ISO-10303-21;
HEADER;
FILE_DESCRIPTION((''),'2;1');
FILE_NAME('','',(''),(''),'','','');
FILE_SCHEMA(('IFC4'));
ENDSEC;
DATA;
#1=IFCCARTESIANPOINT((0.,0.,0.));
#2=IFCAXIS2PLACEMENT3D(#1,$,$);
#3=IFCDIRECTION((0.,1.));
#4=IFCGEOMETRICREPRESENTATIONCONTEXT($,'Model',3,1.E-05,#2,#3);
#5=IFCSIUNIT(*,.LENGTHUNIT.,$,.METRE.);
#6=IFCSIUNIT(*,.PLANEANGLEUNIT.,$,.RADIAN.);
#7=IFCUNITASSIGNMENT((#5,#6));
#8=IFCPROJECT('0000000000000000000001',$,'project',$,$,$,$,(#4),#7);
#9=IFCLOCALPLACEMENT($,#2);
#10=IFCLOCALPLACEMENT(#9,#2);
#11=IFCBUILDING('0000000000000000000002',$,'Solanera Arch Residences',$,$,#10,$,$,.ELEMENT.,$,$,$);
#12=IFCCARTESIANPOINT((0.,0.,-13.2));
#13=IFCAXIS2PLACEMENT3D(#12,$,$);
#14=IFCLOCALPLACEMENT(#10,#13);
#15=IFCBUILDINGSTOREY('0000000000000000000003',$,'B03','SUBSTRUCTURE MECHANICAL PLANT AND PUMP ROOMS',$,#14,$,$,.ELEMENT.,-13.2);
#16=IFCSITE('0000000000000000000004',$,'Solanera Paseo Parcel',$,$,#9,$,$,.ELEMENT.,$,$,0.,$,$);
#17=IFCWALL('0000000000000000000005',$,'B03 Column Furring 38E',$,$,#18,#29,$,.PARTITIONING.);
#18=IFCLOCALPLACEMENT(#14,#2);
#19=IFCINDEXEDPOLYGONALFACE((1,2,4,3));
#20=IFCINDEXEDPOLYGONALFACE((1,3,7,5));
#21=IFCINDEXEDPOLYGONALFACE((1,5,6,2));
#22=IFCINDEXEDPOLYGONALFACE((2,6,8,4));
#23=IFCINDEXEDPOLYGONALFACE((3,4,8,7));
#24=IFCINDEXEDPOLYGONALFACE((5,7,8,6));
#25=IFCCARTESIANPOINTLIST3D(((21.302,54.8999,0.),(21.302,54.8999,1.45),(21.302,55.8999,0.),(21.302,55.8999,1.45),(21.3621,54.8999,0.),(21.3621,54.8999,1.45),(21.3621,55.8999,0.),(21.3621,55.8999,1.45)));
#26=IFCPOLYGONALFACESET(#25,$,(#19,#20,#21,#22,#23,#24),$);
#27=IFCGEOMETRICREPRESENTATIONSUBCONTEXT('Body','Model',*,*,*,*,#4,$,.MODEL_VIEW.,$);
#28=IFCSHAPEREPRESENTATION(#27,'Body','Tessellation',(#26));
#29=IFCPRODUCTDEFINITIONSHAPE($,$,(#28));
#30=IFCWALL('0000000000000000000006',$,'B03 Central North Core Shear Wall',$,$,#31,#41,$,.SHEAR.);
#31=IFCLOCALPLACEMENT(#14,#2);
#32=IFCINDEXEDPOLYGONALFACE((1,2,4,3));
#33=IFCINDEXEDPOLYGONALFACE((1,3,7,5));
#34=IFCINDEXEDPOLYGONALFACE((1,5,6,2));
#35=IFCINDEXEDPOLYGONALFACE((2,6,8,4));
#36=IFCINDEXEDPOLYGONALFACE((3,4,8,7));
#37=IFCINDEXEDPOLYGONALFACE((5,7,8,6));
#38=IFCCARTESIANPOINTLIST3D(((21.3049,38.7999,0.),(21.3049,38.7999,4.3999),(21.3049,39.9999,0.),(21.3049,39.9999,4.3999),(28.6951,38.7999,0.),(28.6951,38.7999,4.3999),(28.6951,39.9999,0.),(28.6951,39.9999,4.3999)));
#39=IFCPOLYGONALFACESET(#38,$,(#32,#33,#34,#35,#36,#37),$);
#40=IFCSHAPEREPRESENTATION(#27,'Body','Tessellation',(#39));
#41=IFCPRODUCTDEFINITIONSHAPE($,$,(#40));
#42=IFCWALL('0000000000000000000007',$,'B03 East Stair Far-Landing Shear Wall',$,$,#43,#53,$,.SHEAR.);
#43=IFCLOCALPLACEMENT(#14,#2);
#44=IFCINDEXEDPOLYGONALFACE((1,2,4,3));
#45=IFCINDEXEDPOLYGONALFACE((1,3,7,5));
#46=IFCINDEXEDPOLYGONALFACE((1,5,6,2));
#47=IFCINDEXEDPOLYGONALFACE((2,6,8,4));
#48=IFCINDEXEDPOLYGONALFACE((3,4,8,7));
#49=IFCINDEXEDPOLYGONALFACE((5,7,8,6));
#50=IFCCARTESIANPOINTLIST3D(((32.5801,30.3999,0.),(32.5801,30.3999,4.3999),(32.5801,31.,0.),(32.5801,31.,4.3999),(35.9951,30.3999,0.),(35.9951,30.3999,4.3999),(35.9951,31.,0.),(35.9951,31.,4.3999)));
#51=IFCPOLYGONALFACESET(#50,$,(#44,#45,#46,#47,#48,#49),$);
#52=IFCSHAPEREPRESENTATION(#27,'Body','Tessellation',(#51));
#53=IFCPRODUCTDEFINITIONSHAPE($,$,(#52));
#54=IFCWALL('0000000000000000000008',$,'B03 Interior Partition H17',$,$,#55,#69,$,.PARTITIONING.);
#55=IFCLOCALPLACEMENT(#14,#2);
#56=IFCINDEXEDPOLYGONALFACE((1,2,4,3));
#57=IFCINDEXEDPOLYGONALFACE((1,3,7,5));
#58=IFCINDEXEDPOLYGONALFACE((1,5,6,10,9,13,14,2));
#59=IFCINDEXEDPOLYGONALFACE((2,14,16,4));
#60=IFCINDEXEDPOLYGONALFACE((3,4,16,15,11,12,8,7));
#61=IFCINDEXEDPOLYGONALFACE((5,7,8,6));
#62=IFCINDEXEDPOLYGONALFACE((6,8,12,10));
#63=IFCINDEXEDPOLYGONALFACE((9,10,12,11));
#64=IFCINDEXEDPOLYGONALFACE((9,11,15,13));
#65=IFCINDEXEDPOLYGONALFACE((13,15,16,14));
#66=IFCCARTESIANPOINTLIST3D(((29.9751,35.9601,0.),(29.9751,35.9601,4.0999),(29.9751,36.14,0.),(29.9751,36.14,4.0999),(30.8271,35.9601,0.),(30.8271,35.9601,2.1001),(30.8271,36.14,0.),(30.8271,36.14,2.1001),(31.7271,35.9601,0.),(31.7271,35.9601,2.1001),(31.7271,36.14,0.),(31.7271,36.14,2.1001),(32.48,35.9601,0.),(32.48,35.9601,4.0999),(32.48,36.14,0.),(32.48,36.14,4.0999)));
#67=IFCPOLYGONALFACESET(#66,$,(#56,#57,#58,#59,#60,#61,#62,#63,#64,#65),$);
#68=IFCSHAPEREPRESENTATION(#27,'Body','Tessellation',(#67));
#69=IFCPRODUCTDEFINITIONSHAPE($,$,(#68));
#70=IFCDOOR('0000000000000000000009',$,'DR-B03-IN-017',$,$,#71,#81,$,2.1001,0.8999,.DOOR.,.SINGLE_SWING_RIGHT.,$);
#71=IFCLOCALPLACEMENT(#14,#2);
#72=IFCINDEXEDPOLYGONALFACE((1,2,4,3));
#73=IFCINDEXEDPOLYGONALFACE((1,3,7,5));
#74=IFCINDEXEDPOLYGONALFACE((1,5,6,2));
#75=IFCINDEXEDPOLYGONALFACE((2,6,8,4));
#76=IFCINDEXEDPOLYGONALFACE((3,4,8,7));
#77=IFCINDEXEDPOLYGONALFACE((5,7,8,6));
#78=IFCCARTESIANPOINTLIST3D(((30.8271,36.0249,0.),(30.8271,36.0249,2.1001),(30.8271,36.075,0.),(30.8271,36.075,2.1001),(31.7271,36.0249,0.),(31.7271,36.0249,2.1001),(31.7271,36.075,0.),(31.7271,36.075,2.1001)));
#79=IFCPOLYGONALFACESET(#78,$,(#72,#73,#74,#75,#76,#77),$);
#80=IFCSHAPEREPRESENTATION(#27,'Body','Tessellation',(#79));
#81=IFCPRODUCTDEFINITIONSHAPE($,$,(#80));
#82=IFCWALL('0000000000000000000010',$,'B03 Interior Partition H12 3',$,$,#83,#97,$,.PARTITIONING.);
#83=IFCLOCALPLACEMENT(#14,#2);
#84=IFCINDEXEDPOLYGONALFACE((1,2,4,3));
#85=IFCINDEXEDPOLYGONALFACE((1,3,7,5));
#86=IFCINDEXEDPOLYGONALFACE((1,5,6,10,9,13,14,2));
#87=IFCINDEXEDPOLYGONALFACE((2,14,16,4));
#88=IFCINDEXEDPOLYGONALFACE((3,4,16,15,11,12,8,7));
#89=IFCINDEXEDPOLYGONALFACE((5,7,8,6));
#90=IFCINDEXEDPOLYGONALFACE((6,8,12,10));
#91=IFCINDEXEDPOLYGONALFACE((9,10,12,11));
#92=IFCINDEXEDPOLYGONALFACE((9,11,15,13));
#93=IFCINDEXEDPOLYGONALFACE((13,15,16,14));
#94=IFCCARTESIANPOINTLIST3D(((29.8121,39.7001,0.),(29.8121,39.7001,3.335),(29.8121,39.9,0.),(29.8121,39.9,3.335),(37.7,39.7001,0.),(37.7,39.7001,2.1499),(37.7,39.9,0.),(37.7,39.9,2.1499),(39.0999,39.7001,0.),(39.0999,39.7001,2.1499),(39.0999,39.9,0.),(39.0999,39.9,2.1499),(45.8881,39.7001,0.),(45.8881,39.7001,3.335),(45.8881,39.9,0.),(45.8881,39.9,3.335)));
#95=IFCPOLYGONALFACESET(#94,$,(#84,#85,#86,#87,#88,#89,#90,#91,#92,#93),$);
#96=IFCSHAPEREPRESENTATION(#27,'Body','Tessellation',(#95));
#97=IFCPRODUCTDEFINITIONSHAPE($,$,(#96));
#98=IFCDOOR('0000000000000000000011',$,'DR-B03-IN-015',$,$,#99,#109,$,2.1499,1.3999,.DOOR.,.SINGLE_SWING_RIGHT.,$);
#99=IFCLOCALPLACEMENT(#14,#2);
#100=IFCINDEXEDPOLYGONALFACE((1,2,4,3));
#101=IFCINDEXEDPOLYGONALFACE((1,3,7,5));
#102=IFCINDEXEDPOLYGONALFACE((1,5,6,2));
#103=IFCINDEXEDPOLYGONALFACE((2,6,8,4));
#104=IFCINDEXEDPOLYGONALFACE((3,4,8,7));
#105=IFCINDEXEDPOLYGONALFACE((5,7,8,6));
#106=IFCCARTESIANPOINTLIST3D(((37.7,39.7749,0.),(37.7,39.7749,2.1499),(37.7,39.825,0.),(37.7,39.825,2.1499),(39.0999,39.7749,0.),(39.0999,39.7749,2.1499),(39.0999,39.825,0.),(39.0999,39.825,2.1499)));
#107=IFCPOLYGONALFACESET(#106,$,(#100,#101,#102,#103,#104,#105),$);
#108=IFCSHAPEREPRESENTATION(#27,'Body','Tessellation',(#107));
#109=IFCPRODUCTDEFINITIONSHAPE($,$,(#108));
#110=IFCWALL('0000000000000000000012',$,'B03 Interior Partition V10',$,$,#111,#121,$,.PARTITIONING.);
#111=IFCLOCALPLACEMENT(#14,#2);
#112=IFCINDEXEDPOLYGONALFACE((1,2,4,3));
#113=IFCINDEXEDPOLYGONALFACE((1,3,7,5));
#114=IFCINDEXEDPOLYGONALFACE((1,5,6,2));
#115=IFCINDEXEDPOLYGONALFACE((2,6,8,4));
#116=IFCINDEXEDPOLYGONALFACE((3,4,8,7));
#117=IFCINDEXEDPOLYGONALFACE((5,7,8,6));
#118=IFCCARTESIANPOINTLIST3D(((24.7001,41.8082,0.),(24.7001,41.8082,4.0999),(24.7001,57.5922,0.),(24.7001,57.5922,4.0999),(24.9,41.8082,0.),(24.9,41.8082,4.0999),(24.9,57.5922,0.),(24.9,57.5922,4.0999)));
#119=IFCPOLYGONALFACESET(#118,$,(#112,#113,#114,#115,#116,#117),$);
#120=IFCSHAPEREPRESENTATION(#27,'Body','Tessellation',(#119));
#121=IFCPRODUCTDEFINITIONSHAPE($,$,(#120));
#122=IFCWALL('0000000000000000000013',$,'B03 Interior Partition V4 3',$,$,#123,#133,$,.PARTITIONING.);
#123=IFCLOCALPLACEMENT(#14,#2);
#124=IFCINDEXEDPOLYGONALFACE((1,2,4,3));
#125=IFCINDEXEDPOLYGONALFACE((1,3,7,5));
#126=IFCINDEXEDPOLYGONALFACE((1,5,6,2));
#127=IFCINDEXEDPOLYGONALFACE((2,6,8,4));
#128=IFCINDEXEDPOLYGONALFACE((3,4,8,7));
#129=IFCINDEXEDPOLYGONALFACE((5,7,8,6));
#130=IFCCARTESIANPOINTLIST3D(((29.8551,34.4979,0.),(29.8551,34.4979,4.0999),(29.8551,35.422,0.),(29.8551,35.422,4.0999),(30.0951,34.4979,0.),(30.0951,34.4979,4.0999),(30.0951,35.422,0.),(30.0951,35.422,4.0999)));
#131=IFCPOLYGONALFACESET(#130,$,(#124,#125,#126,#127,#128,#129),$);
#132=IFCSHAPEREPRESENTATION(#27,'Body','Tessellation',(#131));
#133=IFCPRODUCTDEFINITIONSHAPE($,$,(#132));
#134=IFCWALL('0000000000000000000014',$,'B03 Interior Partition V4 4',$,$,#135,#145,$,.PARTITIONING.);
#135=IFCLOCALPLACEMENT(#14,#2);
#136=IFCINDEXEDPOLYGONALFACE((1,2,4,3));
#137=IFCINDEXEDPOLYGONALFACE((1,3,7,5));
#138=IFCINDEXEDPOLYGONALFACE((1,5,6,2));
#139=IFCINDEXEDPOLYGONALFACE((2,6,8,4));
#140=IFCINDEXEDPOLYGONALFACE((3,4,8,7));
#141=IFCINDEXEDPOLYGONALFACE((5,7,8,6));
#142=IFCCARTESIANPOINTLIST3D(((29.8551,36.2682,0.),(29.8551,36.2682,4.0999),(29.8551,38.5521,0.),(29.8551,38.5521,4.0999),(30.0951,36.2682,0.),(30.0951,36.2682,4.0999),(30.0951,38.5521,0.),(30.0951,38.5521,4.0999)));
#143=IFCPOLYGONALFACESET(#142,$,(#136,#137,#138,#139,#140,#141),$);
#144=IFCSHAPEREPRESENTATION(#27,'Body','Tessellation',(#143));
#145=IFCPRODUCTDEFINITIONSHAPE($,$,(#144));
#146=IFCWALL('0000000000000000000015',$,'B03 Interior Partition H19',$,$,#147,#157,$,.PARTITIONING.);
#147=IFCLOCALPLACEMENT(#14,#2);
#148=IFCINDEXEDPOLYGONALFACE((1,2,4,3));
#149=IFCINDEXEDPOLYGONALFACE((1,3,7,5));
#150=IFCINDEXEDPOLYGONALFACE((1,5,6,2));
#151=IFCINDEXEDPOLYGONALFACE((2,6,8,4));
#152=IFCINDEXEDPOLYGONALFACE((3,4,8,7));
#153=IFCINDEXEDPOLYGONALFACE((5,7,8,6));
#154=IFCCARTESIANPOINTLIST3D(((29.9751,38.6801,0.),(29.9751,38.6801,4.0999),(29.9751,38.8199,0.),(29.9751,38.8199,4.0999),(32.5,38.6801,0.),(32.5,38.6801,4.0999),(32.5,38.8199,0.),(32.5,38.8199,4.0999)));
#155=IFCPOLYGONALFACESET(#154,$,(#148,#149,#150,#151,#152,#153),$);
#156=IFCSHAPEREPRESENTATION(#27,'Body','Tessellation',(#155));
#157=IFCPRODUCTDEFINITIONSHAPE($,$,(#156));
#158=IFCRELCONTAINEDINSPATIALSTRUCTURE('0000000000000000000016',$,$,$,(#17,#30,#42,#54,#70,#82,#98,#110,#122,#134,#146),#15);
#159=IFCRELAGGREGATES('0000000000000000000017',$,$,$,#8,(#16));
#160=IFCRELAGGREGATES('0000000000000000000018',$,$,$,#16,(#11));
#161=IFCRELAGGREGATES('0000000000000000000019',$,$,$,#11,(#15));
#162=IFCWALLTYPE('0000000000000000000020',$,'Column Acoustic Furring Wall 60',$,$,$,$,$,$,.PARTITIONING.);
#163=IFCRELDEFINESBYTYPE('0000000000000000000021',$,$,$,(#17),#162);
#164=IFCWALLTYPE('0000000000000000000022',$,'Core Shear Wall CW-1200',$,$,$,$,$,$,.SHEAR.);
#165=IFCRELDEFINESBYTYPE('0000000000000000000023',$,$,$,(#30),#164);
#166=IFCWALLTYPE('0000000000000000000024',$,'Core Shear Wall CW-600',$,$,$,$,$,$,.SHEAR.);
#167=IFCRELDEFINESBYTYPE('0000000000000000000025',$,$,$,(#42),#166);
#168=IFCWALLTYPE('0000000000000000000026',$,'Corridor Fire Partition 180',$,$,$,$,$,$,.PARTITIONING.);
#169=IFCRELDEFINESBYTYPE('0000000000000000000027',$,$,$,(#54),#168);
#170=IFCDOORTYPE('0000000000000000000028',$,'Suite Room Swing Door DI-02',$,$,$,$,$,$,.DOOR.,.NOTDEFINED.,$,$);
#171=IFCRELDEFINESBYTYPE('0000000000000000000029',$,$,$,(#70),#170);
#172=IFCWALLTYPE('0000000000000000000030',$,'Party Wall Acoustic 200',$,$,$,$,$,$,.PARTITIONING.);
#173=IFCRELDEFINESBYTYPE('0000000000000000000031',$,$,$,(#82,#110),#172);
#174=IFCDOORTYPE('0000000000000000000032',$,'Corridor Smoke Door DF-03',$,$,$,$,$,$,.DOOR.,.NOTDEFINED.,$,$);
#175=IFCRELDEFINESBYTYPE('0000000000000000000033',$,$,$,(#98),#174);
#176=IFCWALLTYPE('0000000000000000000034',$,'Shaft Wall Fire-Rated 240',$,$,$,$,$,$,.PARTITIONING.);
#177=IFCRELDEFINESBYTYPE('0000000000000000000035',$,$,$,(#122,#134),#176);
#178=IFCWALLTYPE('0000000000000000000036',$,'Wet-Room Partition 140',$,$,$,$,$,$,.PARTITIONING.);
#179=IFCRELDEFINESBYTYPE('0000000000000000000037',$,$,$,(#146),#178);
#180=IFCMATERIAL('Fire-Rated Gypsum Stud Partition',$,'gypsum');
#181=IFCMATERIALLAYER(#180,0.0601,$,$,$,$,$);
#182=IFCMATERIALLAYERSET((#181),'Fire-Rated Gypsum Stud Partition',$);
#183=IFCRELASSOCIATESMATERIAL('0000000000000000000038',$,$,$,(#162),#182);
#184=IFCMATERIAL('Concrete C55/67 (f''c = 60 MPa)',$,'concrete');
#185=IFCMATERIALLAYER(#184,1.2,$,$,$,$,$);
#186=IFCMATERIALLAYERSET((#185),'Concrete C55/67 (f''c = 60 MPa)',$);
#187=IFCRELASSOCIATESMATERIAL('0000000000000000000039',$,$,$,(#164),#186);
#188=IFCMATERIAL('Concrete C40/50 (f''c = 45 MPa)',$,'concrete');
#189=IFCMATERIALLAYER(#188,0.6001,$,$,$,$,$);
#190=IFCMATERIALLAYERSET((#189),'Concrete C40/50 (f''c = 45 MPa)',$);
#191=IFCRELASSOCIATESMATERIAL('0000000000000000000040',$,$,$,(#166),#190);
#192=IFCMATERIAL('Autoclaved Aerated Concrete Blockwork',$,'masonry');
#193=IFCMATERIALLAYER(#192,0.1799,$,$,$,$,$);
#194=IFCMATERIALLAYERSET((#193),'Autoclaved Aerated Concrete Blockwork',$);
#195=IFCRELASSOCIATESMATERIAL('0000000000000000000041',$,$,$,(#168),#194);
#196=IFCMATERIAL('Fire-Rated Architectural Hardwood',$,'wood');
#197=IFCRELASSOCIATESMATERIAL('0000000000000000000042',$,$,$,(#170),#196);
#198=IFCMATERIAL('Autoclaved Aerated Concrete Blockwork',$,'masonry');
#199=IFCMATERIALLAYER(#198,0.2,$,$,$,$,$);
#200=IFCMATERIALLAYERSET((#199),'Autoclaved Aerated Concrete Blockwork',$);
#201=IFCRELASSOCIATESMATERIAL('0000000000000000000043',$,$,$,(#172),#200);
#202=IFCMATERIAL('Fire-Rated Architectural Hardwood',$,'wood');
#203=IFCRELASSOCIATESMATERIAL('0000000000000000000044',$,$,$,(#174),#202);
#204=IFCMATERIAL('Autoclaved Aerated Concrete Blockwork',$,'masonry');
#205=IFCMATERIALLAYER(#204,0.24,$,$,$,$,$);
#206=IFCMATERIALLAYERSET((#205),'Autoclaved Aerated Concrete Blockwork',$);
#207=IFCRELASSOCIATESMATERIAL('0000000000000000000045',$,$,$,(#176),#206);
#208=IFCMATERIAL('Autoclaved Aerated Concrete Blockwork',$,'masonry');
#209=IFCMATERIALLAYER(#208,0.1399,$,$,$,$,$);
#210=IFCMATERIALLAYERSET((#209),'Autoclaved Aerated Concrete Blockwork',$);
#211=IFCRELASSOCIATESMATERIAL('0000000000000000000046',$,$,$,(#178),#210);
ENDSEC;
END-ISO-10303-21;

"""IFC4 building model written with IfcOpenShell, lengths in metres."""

from ifc_helpers import new_model, si_unit, direction, frame, frame_2d, origin, place, context, subcontext, project, spatial, rectangle, extrude, material, layer, layer_set, type_object, element, fill, save


model = new_model("IFC4")

# Units and contexts
model_context = context("Model", 3, precision=1e-05, world=origin(), true_north=direction((0.0, 1.0)))
body_context = subcontext(model_context, "Body", "Model", "MODEL_VIEW")
ifc_project = project(units=[si_unit("LENGTHUNIT", "METRE"), si_unit("PLANEANGLEUNIT", "RADIAN")], contexts=[model_context])

# Site, building, storey
site_placement = place(None, origin())
site = spatial("IfcSite", under=ifc_project, at=site_placement, Name="Solanera Paseo Parcel", CompositionType="ELEMENT", RefElevation=0.0)
building_placement = place(site_placement, origin())
building = spatial("IfcBuilding", under=site, at=building_placement, Name="Solanera Arch Residences", CompositionType="ELEMENT")
storey_placement = place(building_placement, frame((0.0, 0.0, -13.2)))
storey = spatial("IfcBuildingStorey", under=building, at=storey_placement, Name="B03", Description="SUBSTRUCTURE MECHANICAL PLANT AND PUMP ROOMS", CompositionType="ELEMENT", Elevation=-13.2)

# Walls
ifc_material_1 = material(Name="Fire-Rated Gypsum Stud Partition", Category="gypsum")
ifc_layer_1 = layer(ifc_material_1, 0.0601)
ifc_layer_set_1 = layer_set([ifc_layer_1], Name="Fire-Rated Gypsum Stud Partition")
wall_type_1 = type_object("IfcWallType", Name="Column Acoustic Furring Wall 60", PredefinedType="PARTITIONING", material=ifc_layer_set_1)
wall_1_placement = place(storey_placement, frame((21.332, 54.8999, 0.0), z_axis=(0.0, 0.0, 1.0), x_axis=(0.0, 1.0, 0.0)))
element("IfcWall", 1, at=wall_1_placement, inside=storey, type_object=wall_type_1, Name="B03 Column Furring 38E", PredefinedType="PARTITIONING", context=body_context, shape_type="SweptSolid", body=[
    extrude(rectangle(XDim=1.0, YDim=0.0601, at=frame_2d((0.5, 0.0))), origin(), (0.0, 0.0, 1.0), 1.45),
])
ifc_material_2 = material(Name="Concrete C55/67 (f'c = 60 MPa)", Category="concrete")
ifc_layer_2 = layer(ifc_material_2, 1.2)
ifc_layer_set_2 = layer_set([ifc_layer_2], Name="Concrete C55/67 (f'c = 60 MPa)")
wall_type_2 = type_object("IfcWallType", Name="Core Shear Wall CW-1200", PredefinedType="SHEAR", material=ifc_layer_set_2)
wall_2_placement = place(storey_placement, frame((21.3049, 39.3999, 0.0), z_axis=(0.0, 0.0, 1.0), x_axis=(1.0, 0.0, 0.0)))
element("IfcWall", 2, at=wall_2_placement, inside=storey, type_object=wall_type_2, Name="B03 Central North Core Shear Wall", PredefinedType="SHEAR", context=body_context, shape_type="SweptSolid", body=[
    extrude(rectangle(XDim=7.3901, YDim=1.2, at=frame_2d((3.6951, 0.0))), origin(), (0.0, 0.0, 1.0), 4.3999),
])
ifc_material_3 = material(Name="Concrete C40/50 (f'c = 45 MPa)", Category="concrete")
ifc_layer_3 = layer(ifc_material_3, 0.6001)
ifc_layer_set_3 = layer_set([ifc_layer_3], Name="Concrete C40/50 (f'c = 45 MPa)")
wall_type_3 = type_object("IfcWallType", Name="Core Shear Wall CW-600", PredefinedType="SHEAR", material=ifc_layer_set_3)
wall_3_placement = place(storey_placement, frame((32.5801, 30.7, 0.0), z_axis=(0.0, 0.0, 1.0), x_axis=(1.0, 0.0, 0.0)))
element("IfcWall", 3, at=wall_3_placement, inside=storey, type_object=wall_type_3, Name="B03 East Stair Far-Landing Shear Wall", PredefinedType="SHEAR", context=body_context, shape_type="SweptSolid", body=[
    extrude(rectangle(XDim=3.415, YDim=0.6001, at=frame_2d((1.7075, 0.0))), origin(), (0.0, 0.0, 1.0), 4.3999),
])

# Walls, openings, doors
ifc_material_4 = material(Name="Autoclaved Aerated Concrete Blockwork", Category="masonry")
ifc_layer_4 = layer(ifc_material_4, 0.1799)
ifc_layer_set_4 = layer_set([ifc_layer_4], Name="Autoclaved Aerated Concrete Blockwork")
wall_type_4 = type_object("IfcWallType", Name="Corridor Fire Partition 180", PredefinedType="PARTITIONING", material=ifc_layer_set_4)
wall_4_placement = place(storey_placement, frame((29.9751, 36.05, 0.0), z_axis=(0.0, 0.0, 1.0), x_axis=(1.0, 0.0, 0.0)))
wall_4 = element("IfcWall", 4, at=wall_4_placement, inside=storey, type_object=wall_type_4, Name="B03 Interior Partition H17", PredefinedType="PARTITIONING", context=body_context, shape_type="SweptSolid", body=[
    extrude(rectangle(XDim=2.5049, YDim=0.1799, at=frame_2d((1.2524, 0.0))), origin(), (0.0, 0.0, 1.0), 4.0999),
])
opening_1_placement = place(wall_4_placement, frame((0.8521, 0.0, 0.0)))
opening_1 = element("IfcOpeningElement", 5, at=opening_1_placement, cuts=wall_4, PredefinedType="OPENING", context=body_context, shape_type="SweptSolid", body=[
    extrude(rectangle(XDim=0.8999, YDim=2.1001, at=frame_2d((0.45, 1.05))), frame((0.0, 0.1001, 0.0), z_axis=(0.0, -1.0, 0.0), x_axis=(1.0, 0.0, 0.0)), (0.0, 0.0, 1.0), 0.1999),
])
ifc_material_5 = material(Name="Fire-Rated Architectural Hardwood", Category="wood")
door_type_1 = type_object("IfcDoorType", Name="Suite Room Swing Door DI-02", OperationType="NOTDEFINED", PredefinedType="DOOR", material=ifc_material_5)
door_1_placement = place(opening_1_placement, origin())
door_1 = element("IfcDoor", 6, at=door_1_placement, inside=storey, type_object=door_type_1, Name="DR-B03-IN-017", OperationType="SINGLE_SWING_RIGHT", OverallHeight=2.1001, OverallWidth=0.8999, PredefinedType="DOOR", context=body_context, shape_type="SweptSolid", body=[
    extrude(rectangle(XDim=0.8999, YDim=2.1001, at=frame_2d((0.45, 1.05))), frame((0.0, 0.0249, 0.0), z_axis=(0.0, -1.0, 0.0), x_axis=(1.0, 0.0, 0.0)), (0.0, 0.0, 1.0), 0.05),
])
fill(opening_1, door_1)
ifc_material_6 = material(Name="Autoclaved Aerated Concrete Blockwork", Category="masonry")
ifc_layer_5 = layer(ifc_material_6, 0.2)
ifc_layer_set_5 = layer_set([ifc_layer_5], Name="Autoclaved Aerated Concrete Blockwork")
wall_type_5 = type_object("IfcWallType", Name="Party Wall Acoustic 200", PredefinedType="PARTITIONING", material=ifc_layer_set_5)
wall_5_placement = place(storey_placement, frame((29.812, 39.8, 0.0), z_axis=(0.0, 0.0, 1.0), x_axis=(1.0, 0.0, 0.0)))
wall_5 = element("IfcWall", 7, at=wall_5_placement, inside=storey, type_object=wall_type_5, Name="B03 Interior Partition H12 3", PredefinedType="PARTITIONING", context=body_context, shape_type="SweptSolid", body=[
    extrude(rectangle(XDim=16.0759, YDim=0.2, at=frame_2d((8.0381, 0.0))), origin(), (0.0, 0.0, 1.0), 3.335),
])
opening_2_placement = place(wall_5_placement, frame((7.8879, 0.0, 0.0)))
opening_2 = element("IfcOpeningElement", 8, at=opening_2_placement, cuts=wall_5, PredefinedType="OPENING", context=body_context, shape_type="SweptSolid", body=[
    extrude(rectangle(XDim=1.3999, YDim=2.1499, at=frame_2d((0.7, 1.075))), frame((0.0, 0.1101, 0.0), z_axis=(0.0, -1.0, 0.0), x_axis=(1.0, 0.0, 0.0)), (0.0, 0.0, 1.0), 0.22),
])
ifc_material_7 = material(Name="Fire-Rated Architectural Hardwood", Category="wood")
door_type_2 = type_object("IfcDoorType", Name="Corridor Smoke Door DF-03", OperationType="NOTDEFINED", PredefinedType="DOOR", material=ifc_material_7)
door_2_placement = place(opening_2_placement, origin())
door_2 = element("IfcDoor", 9, at=door_2_placement, inside=storey, type_object=door_type_2, Name="DR-B03-IN-015", OperationType="SINGLE_SWING_RIGHT", OverallHeight=2.1499, OverallWidth=1.3999, PredefinedType="DOOR", context=body_context, shape_type="SweptSolid", body=[
    extrude(rectangle(XDim=1.3999, YDim=2.1499, at=frame_2d((0.7, 1.075))), frame((0.0, 0.0249, 0.0), z_axis=(0.0, -1.0, 0.0), x_axis=(1.0, 0.0, 0.0)), (0.0, 0.0, 1.0), 0.05),
])
fill(opening_2, door_2)

# Wall
wall_6_placement = place(storey_placement, frame((24.8, 41.8081, 0.0), z_axis=(0.0, 0.0, 1.0), x_axis=(0.0, 1.0, 0.0)))
element("IfcWall", 10, at=wall_6_placement, inside=storey, type_object=wall_type_5, Name="B03 Interior Partition V10", PredefinedType="PARTITIONING", context=body_context, shape_type="SweptSolid", body=[
    extrude(rectangle(XDim=15.7839, YDim=0.2, at=frame_2d((7.8921, 0.0))), origin(), (0.0, 0.0, 1.0), 4.0999),
])

# Shared definitions
ifc_material_8 = material(Name="Autoclaved Aerated Concrete Blockwork", Category="masonry")
ifc_layer_6 = layer(ifc_material_8, 0.24)
ifc_layer_set_6 = layer_set([ifc_layer_6], Name="Autoclaved Aerated Concrete Blockwork")
wall_type_6 = type_object("IfcWallType", Name="Shaft Wall Fire-Rated 240", PredefinedType="PARTITIONING", material=ifc_layer_set_6)

# Walls
wall_7_placement = place(storey_placement, frame((29.9751, 34.498, 0.0), z_axis=(0.0, 0.0, 1.0), x_axis=(0.0, 1.0, 0.0)))
element("IfcWall", 11, at=wall_7_placement, inside=storey, type_object=wall_type_6, Name="B03 Interior Partition V4 3", PredefinedType="PARTITIONING", context=body_context, shape_type="SweptSolid", body=[
    extrude(rectangle(XDim=0.9241, YDim=0.24, at=frame_2d((0.4619, 0.0))), origin(), (0.0, 0.0, 1.0), 4.0999),
])
wall_8_placement = place(storey_placement, frame((29.9751, 36.2681, 0.0), z_axis=(0.0, 0.0, 1.0), x_axis=(0.0, 1.0, 0.0)))
element("IfcWall", 12, at=wall_8_placement, inside=storey, type_object=wall_type_6, Name="B03 Interior Partition V4 4", PredefinedType="PARTITIONING", context=body_context, shape_type="SweptSolid", body=[
    extrude(rectangle(XDim=2.2839, YDim=0.24, at=frame_2d((1.1421, 0.0))), origin(), (0.0, 0.0, 1.0), 4.0999),
])
ifc_material_9 = material(Name="Autoclaved Aerated Concrete Blockwork", Category="masonry")
ifc_layer_7 = layer(ifc_material_9, 0.1399)
ifc_layer_set_7 = layer_set([ifc_layer_7], Name="Autoclaved Aerated Concrete Blockwork")
wall_type_7 = type_object("IfcWallType", Name="Wet-Room Partition 140", PredefinedType="PARTITIONING", material=ifc_layer_set_7)
wall_9_placement = place(storey_placement, frame((29.9751, 38.75, 0.0), z_axis=(0.0, 0.0, 1.0), x_axis=(1.0, 0.0, 0.0)))
element("IfcWall", 13, at=wall_9_placement, inside=storey, type_object=wall_type_7, Name="B03 Interior Partition H19", PredefinedType="PARTITIONING", context=body_context, shape_type="SweptSolid", body=[
    extrude(rectangle(XDim=2.5249, YDim=0.1399, at=frame_2d((1.2625, 0.0))), origin(), (0.0, 0.0, 1.0), 4.0999),
])

save(model, "model.ifc")
